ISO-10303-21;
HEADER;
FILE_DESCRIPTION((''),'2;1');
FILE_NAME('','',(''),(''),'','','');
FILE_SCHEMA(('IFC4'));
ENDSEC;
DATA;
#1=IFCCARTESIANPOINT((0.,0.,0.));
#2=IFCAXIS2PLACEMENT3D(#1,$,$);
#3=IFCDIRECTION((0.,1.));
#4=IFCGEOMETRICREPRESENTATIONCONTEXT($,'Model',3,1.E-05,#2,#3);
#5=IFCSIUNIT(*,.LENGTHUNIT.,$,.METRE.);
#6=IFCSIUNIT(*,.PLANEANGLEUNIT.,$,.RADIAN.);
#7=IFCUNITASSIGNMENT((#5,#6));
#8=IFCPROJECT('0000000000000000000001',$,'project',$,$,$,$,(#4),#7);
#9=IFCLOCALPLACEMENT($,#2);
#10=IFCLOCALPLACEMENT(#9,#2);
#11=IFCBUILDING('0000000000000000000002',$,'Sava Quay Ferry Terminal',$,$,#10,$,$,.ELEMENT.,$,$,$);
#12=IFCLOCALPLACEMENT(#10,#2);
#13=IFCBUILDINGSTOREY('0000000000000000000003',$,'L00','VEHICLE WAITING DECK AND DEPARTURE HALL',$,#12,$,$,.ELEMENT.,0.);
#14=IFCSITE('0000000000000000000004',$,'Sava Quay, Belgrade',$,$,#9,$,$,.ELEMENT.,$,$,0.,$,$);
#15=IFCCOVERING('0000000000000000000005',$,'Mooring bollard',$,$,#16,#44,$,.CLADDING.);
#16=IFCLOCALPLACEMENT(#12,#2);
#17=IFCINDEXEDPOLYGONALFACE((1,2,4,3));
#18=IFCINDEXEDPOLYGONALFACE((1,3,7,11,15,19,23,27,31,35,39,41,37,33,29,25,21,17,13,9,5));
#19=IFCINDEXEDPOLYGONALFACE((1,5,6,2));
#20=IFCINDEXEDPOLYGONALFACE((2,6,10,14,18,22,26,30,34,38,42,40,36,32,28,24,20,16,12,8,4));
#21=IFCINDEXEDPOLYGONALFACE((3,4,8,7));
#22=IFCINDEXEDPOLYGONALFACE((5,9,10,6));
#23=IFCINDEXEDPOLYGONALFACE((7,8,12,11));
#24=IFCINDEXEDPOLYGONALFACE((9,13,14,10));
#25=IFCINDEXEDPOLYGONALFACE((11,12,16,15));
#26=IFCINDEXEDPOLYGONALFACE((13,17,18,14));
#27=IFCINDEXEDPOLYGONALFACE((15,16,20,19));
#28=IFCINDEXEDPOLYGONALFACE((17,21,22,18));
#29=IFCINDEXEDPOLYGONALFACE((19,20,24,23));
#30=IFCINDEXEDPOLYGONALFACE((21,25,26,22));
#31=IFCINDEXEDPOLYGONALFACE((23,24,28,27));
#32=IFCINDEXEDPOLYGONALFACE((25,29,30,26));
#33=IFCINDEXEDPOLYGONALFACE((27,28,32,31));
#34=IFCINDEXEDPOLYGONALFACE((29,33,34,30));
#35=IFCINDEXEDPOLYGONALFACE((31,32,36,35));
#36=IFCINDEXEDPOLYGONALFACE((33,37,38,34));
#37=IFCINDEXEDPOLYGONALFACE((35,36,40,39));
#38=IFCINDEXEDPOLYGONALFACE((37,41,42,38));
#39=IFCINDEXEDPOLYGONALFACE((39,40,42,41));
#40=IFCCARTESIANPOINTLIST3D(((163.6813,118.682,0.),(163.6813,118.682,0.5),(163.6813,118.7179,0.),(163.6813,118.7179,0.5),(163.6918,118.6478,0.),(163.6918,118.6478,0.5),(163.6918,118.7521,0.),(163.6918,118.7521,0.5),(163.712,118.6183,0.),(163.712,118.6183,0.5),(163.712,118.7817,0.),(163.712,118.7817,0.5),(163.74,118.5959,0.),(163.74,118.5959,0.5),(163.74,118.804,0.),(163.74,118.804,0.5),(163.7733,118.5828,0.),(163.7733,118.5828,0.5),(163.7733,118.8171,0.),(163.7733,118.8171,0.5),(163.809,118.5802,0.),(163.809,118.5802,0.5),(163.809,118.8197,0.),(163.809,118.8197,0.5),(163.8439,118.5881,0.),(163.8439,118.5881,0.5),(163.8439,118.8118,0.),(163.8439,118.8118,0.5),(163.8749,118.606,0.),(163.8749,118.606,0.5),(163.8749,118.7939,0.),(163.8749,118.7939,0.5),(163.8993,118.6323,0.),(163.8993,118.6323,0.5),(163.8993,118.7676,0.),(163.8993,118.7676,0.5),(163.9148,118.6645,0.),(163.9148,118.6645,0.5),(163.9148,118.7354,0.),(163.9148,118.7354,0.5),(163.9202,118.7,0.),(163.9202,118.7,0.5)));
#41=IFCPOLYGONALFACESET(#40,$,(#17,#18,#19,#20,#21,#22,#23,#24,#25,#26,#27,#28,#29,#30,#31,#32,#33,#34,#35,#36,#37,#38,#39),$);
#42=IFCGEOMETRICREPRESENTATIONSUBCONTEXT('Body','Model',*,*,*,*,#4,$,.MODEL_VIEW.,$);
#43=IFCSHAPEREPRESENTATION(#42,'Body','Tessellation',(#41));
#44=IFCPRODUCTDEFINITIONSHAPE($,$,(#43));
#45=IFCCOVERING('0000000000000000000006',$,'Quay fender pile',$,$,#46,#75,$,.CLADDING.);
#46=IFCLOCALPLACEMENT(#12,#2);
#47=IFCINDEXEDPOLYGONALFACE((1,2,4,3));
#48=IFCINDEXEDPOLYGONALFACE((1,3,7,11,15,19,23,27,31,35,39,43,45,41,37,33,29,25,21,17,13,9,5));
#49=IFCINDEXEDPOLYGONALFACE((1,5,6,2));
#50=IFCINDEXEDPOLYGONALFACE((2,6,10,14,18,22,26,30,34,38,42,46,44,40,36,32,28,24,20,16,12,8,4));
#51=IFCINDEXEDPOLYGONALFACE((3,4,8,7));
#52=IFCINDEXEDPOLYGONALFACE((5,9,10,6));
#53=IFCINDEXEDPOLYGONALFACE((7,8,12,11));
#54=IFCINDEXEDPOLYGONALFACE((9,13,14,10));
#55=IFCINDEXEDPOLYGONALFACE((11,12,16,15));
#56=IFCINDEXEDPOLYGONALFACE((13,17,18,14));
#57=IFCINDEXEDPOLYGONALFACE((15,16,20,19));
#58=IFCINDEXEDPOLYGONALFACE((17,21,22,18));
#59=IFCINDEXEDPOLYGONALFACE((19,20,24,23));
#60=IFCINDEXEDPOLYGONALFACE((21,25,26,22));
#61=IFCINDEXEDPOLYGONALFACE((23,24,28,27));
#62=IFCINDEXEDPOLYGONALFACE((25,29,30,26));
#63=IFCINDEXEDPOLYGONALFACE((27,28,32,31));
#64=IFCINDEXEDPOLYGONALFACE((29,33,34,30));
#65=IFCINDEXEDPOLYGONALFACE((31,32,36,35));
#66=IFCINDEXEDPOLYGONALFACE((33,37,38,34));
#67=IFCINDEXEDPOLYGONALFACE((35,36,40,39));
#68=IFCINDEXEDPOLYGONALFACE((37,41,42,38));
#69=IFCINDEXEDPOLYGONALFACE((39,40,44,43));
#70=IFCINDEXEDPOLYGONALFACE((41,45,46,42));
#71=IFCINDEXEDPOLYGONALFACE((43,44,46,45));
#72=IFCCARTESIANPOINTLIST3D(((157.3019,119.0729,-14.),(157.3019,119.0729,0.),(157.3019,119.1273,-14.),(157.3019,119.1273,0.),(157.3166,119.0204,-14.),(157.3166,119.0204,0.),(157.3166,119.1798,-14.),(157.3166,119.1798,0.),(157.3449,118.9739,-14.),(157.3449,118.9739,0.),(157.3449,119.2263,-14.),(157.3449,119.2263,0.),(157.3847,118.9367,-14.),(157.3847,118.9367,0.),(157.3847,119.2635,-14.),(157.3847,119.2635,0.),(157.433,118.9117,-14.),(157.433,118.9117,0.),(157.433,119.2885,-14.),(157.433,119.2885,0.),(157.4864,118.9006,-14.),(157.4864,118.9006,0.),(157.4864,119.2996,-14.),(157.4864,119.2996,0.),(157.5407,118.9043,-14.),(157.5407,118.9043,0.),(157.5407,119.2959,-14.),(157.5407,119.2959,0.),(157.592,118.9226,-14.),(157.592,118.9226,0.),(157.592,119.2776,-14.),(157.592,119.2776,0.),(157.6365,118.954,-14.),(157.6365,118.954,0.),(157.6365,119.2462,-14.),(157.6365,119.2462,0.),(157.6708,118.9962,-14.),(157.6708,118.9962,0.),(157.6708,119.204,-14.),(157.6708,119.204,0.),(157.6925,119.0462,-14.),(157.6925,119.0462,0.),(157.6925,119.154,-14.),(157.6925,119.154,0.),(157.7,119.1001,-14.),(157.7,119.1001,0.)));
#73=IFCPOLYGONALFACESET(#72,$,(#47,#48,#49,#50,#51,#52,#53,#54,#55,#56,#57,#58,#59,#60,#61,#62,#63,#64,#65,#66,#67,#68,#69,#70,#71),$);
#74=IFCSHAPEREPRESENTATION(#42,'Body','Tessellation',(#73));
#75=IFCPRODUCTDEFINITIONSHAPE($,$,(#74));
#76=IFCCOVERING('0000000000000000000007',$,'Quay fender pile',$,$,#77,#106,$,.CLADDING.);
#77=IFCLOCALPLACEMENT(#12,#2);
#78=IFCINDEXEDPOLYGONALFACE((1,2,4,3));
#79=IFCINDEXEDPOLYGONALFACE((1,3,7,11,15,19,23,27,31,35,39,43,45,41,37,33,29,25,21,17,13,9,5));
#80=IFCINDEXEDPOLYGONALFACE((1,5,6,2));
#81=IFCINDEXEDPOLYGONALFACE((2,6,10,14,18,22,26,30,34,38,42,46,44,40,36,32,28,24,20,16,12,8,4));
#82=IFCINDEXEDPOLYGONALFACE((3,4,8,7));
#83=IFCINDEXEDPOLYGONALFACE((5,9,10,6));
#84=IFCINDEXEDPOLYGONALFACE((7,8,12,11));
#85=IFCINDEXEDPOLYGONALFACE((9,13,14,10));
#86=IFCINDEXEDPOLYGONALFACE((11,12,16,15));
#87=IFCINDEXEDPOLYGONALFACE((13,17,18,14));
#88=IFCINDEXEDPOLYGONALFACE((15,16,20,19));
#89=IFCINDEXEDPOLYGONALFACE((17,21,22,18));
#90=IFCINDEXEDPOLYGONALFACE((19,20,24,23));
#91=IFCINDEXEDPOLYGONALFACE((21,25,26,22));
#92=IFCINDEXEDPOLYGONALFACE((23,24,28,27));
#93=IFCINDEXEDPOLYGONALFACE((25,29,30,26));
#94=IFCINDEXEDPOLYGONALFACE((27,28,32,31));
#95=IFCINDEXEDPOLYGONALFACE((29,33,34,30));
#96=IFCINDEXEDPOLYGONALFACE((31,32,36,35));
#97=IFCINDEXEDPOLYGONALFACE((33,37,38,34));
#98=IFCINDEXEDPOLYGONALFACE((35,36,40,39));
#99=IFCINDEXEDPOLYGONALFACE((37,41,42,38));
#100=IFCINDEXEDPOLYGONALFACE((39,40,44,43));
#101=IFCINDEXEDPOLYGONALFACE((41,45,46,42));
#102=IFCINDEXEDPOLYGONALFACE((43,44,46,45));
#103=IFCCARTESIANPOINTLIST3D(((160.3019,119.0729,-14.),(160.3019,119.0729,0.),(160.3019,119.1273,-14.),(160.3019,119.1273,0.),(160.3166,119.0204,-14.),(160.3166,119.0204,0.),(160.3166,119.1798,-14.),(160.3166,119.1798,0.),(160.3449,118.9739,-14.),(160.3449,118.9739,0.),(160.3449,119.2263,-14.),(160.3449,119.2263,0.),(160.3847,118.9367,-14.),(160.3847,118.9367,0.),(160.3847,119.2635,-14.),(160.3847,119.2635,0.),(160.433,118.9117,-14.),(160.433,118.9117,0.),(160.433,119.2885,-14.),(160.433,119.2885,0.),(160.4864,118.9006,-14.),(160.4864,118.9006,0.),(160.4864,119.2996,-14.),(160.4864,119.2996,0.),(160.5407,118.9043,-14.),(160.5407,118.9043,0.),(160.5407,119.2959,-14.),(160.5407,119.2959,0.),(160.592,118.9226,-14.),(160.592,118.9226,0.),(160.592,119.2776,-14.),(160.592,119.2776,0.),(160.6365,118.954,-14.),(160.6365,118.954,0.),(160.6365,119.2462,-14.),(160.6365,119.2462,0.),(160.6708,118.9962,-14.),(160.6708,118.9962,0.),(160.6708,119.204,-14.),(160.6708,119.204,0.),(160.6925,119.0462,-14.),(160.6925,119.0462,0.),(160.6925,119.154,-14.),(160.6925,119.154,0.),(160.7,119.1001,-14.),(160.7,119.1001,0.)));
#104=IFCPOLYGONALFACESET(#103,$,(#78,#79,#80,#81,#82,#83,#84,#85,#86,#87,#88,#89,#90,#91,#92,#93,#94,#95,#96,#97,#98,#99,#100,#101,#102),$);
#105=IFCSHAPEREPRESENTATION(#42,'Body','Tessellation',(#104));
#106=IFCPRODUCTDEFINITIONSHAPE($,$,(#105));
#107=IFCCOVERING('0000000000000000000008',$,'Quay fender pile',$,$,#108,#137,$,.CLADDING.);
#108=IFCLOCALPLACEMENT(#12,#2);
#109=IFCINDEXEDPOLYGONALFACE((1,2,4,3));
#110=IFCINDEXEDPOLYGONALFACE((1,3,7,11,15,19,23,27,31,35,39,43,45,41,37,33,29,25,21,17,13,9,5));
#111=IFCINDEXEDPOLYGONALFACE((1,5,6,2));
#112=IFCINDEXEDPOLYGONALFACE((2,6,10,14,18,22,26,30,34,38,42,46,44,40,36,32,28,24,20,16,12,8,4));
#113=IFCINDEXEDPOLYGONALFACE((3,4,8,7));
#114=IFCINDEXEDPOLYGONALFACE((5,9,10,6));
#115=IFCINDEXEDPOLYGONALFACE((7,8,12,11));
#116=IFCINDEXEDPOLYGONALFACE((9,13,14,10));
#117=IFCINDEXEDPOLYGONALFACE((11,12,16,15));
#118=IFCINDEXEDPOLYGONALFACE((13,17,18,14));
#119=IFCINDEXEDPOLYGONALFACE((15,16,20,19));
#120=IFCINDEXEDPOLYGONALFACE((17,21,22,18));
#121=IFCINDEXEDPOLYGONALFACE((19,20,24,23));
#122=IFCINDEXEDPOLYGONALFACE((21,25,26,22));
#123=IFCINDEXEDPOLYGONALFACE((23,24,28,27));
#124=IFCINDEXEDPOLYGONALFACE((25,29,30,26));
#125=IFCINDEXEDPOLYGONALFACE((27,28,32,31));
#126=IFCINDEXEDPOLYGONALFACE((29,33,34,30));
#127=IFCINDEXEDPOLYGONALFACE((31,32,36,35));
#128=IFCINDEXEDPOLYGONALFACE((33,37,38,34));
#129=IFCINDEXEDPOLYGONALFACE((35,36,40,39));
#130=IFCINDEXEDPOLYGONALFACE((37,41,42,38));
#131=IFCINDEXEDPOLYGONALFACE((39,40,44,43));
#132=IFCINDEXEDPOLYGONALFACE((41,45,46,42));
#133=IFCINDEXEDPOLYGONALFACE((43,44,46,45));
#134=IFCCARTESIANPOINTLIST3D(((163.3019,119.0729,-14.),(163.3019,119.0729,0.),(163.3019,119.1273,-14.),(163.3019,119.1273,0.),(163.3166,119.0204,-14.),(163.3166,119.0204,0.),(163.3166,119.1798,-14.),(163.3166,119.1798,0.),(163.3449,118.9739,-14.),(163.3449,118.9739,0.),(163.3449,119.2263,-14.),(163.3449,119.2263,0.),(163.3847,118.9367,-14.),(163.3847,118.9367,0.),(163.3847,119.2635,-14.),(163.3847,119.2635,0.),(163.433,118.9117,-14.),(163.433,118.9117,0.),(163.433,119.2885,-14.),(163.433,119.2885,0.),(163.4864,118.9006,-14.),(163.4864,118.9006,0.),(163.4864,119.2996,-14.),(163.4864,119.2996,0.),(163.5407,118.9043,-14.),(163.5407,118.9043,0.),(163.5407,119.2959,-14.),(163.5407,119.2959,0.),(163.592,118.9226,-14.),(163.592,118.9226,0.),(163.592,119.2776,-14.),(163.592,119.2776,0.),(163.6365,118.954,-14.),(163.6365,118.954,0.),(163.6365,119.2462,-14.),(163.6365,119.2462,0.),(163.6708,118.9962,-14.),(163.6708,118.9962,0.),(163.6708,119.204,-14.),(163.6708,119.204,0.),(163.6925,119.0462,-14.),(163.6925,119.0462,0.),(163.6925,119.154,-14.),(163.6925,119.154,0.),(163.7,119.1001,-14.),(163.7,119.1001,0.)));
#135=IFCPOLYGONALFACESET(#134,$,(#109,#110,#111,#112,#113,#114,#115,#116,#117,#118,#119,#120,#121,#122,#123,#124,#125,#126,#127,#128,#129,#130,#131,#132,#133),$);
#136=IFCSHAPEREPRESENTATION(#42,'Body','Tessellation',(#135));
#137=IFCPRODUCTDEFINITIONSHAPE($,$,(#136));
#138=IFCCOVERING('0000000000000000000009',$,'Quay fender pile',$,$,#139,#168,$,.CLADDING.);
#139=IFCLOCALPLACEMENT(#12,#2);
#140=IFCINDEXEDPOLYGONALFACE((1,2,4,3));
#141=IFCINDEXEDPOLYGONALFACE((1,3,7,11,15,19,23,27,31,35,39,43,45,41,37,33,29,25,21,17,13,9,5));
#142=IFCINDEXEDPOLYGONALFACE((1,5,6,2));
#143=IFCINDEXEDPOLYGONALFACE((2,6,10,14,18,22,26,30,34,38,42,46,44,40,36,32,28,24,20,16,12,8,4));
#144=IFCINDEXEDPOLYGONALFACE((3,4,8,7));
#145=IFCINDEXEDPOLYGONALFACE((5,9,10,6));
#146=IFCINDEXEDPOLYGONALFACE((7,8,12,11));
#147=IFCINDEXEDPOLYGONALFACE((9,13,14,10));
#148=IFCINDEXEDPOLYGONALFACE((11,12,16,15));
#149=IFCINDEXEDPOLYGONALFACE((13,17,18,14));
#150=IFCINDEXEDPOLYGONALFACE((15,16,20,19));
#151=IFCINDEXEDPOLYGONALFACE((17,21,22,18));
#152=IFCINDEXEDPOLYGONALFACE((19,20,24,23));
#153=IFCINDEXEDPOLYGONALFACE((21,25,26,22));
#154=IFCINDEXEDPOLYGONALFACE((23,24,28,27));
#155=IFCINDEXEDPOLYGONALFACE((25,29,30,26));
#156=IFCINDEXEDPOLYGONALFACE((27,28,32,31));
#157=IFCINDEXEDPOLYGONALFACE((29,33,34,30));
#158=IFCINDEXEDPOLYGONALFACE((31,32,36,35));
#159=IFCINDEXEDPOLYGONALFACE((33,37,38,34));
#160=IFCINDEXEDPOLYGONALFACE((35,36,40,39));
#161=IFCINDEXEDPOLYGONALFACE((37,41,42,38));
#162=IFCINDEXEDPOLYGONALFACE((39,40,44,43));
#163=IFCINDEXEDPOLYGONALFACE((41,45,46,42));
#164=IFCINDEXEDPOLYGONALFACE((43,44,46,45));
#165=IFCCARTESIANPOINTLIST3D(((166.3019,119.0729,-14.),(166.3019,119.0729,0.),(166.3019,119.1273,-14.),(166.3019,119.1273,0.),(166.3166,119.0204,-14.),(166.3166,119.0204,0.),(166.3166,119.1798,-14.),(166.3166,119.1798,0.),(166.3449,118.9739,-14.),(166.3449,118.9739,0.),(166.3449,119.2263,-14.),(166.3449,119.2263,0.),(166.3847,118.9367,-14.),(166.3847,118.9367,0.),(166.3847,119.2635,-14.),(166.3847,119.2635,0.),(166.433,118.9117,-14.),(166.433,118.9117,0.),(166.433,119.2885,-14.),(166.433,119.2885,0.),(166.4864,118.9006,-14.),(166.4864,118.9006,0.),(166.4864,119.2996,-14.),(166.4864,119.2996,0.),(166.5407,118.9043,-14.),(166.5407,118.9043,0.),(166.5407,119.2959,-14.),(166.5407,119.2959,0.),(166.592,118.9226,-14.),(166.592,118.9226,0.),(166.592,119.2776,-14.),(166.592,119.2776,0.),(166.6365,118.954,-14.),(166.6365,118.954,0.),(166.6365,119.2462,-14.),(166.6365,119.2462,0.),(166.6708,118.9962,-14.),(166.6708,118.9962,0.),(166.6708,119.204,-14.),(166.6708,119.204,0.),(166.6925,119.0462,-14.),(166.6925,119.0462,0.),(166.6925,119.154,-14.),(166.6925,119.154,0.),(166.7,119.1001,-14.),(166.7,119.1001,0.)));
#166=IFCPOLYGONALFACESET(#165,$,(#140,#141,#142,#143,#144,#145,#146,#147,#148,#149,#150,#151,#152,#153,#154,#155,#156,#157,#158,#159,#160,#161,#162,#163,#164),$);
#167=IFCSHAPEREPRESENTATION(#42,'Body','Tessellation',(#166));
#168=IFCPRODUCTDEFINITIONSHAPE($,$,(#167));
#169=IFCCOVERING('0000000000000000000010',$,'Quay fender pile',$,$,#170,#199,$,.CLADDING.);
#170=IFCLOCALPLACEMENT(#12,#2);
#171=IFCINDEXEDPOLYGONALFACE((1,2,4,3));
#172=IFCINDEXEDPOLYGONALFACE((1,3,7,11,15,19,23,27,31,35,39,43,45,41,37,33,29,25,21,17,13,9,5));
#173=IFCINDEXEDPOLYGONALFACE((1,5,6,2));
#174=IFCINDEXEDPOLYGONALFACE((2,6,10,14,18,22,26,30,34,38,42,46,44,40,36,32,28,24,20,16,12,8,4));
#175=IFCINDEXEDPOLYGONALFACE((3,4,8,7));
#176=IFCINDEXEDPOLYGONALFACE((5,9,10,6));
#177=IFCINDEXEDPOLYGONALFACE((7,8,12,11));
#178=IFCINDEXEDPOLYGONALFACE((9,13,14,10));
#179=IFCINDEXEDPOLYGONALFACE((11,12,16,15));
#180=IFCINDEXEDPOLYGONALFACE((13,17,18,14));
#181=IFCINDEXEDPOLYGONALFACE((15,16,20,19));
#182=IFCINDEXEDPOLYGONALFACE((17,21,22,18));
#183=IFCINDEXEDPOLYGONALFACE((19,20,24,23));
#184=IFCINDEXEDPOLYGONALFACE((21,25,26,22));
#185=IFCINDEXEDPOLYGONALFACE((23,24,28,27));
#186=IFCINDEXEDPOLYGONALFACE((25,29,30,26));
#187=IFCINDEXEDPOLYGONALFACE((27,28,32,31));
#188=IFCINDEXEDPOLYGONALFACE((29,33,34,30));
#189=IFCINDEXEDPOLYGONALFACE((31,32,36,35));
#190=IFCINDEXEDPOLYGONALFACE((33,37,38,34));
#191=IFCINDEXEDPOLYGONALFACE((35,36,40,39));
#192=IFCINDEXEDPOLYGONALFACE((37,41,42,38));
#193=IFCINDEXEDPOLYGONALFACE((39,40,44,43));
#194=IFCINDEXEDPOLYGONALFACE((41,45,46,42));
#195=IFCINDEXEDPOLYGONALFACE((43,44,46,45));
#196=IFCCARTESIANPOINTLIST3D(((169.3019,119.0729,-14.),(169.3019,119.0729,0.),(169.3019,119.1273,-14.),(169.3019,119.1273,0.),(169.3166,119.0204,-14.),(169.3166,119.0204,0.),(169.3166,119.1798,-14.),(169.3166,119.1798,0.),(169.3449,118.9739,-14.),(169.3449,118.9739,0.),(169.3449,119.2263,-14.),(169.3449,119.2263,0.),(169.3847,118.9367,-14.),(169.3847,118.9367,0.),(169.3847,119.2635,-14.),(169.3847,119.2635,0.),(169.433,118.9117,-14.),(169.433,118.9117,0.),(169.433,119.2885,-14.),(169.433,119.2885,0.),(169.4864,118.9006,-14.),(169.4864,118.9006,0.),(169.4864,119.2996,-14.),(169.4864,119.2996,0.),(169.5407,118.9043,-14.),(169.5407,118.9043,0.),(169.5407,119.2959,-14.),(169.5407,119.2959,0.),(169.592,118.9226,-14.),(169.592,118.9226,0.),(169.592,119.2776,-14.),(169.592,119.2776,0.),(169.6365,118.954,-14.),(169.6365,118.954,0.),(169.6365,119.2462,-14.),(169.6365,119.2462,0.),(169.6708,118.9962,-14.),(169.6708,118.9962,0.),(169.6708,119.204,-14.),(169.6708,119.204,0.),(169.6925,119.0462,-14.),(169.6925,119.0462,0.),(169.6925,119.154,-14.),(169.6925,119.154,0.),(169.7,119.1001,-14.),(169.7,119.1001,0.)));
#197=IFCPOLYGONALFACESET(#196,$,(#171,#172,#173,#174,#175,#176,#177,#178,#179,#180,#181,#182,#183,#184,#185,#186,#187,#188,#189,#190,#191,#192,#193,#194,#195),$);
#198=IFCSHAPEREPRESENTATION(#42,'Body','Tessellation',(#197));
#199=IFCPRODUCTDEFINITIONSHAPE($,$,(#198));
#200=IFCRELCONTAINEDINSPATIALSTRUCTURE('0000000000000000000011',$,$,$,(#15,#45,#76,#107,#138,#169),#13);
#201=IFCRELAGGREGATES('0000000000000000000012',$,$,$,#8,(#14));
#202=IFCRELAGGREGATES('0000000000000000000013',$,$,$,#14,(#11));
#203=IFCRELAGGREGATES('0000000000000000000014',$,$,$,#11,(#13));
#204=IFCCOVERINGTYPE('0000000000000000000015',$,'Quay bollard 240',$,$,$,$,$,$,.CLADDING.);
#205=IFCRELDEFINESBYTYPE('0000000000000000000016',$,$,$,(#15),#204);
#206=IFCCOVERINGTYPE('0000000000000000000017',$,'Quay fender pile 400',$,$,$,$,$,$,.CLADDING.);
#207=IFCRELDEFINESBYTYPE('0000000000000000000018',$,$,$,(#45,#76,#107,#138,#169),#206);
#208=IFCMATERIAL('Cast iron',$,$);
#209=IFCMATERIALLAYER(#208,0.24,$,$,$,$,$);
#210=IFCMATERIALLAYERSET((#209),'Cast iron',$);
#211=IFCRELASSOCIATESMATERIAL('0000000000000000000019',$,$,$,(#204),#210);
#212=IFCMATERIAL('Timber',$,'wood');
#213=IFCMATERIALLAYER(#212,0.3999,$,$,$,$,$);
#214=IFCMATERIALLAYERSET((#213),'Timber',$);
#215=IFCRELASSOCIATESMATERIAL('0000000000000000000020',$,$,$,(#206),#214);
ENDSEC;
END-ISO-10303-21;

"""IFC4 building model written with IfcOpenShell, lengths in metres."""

from ifc_helpers import new_model, si_unit, direction, frame, origin, origin_2d, place, context, subcontext, project, spatial, circle, extrude, material, layer, layer_set, type_object, element, save


model = new_model("IFC4")

# Units and contexts
model_context = context("Model", 3, precision=1e-05, world=origin(), true_north=direction((0.0, 1.0)))
body_context = subcontext(model_context, "Body", "Model", "MODEL_VIEW")
ifc_project = project(units=[si_unit("LENGTHUNIT", "METRE"), si_unit("PLANEANGLEUNIT", "RADIAN")], contexts=[model_context])

# Site, building, storey
site_placement = place(None, origin())
site = spatial("IfcSite", under=ifc_project, at=site_placement, Name="Sava Quay, Belgrade", CompositionType="ELEMENT", RefElevation=0.0)
building_placement = place(site_placement, origin())
building = spatial("IfcBuilding", under=site, at=building_placement, Name="Sava Quay Ferry Terminal", CompositionType="ELEMENT")
storey_placement = place(building_placement, origin())
storey = spatial("IfcBuildingStorey", under=building, at=storey_placement, Name="L00", Description="VEHICLE WAITING DECK AND DEPARTURE HALL", CompositionType="ELEMENT", Elevation=0.0)

# Coverings
ifc_material_1 = material(Name="Cast iron")
ifc_layer_1 = layer(ifc_material_1, 0.24)
ifc_layer_set_1 = layer_set([ifc_layer_1], Name="Cast iron")
covering_type_1 = type_object("IfcCoveringType", Name="Quay bollard 240", PredefinedType="CLADDING", material=ifc_layer_set_1)
covering_1_placement = place(storey_placement, frame((163.8, 118.7, 0.5), z_axis=(0.0, 0.0, -1.0), x_axis=(1.0, 0.0, 0.0)))
element("IfcCovering", 1, at=covering_1_placement, inside=storey, type_object=covering_type_1, Name="Mooring bollard", PredefinedType="CLADDING", context=body_context, shape_type="SweptSolid", body=[
    extrude(circle(Radius=0.1201, at=origin_2d()), origin(), (0.0, 0.0, 1.0), 0.5),
])
ifc_material_2 = material(Name="Timber", Category="wood")
ifc_layer_2 = layer(ifc_material_2, 0.3999)
ifc_layer_set_2 = layer_set([ifc_layer_2], Name="Timber")
covering_type_2 = type_object("IfcCoveringType", Name="Quay fender pile 400", PredefinedType="CLADDING", material=ifc_layer_set_2)
for number, where, z_axis, x_axis, name in (
    (2, (157.5, 119.1001, 0.0), (0.0, 0.0, -1.0), (1.0, 0.0, 0.0), "Quay fender pile"),
    (3, (160.5, 119.1001, 0.0), (0.0, 0.0, -1.0), (1.0, 0.0, 0.0), "Quay fender pile"),
    (4, (163.5, 119.1001, 0.0), (0.0, 0.0, -1.0), (1.0, 0.0, 0.0), "Quay fender pile"),
    (5, (166.5, 119.1001, 0.0), (0.0, 0.0, -1.0), (1.0, 0.0, 0.0), "Quay fender pile"),
    (6, (169.5, 119.1001, 0.0), (0.0, 0.0, -1.0), (1.0, 0.0, 0.0), "Quay fender pile"),
):
    element("IfcCovering", number, at=place(storey_placement, frame(where, z_axis=z_axis, x_axis=x_axis)), inside=storey, type_object=covering_type_2, Name=name, PredefinedType="CLADDING", context=body_context, shape_type="SweptSolid", body=[
        extrude(circle(Radius=0.2, at=origin_2d()), origin(), (0.0, 0.0, 1.0), 14.0),
    ])

save(model, "model.ifc")
